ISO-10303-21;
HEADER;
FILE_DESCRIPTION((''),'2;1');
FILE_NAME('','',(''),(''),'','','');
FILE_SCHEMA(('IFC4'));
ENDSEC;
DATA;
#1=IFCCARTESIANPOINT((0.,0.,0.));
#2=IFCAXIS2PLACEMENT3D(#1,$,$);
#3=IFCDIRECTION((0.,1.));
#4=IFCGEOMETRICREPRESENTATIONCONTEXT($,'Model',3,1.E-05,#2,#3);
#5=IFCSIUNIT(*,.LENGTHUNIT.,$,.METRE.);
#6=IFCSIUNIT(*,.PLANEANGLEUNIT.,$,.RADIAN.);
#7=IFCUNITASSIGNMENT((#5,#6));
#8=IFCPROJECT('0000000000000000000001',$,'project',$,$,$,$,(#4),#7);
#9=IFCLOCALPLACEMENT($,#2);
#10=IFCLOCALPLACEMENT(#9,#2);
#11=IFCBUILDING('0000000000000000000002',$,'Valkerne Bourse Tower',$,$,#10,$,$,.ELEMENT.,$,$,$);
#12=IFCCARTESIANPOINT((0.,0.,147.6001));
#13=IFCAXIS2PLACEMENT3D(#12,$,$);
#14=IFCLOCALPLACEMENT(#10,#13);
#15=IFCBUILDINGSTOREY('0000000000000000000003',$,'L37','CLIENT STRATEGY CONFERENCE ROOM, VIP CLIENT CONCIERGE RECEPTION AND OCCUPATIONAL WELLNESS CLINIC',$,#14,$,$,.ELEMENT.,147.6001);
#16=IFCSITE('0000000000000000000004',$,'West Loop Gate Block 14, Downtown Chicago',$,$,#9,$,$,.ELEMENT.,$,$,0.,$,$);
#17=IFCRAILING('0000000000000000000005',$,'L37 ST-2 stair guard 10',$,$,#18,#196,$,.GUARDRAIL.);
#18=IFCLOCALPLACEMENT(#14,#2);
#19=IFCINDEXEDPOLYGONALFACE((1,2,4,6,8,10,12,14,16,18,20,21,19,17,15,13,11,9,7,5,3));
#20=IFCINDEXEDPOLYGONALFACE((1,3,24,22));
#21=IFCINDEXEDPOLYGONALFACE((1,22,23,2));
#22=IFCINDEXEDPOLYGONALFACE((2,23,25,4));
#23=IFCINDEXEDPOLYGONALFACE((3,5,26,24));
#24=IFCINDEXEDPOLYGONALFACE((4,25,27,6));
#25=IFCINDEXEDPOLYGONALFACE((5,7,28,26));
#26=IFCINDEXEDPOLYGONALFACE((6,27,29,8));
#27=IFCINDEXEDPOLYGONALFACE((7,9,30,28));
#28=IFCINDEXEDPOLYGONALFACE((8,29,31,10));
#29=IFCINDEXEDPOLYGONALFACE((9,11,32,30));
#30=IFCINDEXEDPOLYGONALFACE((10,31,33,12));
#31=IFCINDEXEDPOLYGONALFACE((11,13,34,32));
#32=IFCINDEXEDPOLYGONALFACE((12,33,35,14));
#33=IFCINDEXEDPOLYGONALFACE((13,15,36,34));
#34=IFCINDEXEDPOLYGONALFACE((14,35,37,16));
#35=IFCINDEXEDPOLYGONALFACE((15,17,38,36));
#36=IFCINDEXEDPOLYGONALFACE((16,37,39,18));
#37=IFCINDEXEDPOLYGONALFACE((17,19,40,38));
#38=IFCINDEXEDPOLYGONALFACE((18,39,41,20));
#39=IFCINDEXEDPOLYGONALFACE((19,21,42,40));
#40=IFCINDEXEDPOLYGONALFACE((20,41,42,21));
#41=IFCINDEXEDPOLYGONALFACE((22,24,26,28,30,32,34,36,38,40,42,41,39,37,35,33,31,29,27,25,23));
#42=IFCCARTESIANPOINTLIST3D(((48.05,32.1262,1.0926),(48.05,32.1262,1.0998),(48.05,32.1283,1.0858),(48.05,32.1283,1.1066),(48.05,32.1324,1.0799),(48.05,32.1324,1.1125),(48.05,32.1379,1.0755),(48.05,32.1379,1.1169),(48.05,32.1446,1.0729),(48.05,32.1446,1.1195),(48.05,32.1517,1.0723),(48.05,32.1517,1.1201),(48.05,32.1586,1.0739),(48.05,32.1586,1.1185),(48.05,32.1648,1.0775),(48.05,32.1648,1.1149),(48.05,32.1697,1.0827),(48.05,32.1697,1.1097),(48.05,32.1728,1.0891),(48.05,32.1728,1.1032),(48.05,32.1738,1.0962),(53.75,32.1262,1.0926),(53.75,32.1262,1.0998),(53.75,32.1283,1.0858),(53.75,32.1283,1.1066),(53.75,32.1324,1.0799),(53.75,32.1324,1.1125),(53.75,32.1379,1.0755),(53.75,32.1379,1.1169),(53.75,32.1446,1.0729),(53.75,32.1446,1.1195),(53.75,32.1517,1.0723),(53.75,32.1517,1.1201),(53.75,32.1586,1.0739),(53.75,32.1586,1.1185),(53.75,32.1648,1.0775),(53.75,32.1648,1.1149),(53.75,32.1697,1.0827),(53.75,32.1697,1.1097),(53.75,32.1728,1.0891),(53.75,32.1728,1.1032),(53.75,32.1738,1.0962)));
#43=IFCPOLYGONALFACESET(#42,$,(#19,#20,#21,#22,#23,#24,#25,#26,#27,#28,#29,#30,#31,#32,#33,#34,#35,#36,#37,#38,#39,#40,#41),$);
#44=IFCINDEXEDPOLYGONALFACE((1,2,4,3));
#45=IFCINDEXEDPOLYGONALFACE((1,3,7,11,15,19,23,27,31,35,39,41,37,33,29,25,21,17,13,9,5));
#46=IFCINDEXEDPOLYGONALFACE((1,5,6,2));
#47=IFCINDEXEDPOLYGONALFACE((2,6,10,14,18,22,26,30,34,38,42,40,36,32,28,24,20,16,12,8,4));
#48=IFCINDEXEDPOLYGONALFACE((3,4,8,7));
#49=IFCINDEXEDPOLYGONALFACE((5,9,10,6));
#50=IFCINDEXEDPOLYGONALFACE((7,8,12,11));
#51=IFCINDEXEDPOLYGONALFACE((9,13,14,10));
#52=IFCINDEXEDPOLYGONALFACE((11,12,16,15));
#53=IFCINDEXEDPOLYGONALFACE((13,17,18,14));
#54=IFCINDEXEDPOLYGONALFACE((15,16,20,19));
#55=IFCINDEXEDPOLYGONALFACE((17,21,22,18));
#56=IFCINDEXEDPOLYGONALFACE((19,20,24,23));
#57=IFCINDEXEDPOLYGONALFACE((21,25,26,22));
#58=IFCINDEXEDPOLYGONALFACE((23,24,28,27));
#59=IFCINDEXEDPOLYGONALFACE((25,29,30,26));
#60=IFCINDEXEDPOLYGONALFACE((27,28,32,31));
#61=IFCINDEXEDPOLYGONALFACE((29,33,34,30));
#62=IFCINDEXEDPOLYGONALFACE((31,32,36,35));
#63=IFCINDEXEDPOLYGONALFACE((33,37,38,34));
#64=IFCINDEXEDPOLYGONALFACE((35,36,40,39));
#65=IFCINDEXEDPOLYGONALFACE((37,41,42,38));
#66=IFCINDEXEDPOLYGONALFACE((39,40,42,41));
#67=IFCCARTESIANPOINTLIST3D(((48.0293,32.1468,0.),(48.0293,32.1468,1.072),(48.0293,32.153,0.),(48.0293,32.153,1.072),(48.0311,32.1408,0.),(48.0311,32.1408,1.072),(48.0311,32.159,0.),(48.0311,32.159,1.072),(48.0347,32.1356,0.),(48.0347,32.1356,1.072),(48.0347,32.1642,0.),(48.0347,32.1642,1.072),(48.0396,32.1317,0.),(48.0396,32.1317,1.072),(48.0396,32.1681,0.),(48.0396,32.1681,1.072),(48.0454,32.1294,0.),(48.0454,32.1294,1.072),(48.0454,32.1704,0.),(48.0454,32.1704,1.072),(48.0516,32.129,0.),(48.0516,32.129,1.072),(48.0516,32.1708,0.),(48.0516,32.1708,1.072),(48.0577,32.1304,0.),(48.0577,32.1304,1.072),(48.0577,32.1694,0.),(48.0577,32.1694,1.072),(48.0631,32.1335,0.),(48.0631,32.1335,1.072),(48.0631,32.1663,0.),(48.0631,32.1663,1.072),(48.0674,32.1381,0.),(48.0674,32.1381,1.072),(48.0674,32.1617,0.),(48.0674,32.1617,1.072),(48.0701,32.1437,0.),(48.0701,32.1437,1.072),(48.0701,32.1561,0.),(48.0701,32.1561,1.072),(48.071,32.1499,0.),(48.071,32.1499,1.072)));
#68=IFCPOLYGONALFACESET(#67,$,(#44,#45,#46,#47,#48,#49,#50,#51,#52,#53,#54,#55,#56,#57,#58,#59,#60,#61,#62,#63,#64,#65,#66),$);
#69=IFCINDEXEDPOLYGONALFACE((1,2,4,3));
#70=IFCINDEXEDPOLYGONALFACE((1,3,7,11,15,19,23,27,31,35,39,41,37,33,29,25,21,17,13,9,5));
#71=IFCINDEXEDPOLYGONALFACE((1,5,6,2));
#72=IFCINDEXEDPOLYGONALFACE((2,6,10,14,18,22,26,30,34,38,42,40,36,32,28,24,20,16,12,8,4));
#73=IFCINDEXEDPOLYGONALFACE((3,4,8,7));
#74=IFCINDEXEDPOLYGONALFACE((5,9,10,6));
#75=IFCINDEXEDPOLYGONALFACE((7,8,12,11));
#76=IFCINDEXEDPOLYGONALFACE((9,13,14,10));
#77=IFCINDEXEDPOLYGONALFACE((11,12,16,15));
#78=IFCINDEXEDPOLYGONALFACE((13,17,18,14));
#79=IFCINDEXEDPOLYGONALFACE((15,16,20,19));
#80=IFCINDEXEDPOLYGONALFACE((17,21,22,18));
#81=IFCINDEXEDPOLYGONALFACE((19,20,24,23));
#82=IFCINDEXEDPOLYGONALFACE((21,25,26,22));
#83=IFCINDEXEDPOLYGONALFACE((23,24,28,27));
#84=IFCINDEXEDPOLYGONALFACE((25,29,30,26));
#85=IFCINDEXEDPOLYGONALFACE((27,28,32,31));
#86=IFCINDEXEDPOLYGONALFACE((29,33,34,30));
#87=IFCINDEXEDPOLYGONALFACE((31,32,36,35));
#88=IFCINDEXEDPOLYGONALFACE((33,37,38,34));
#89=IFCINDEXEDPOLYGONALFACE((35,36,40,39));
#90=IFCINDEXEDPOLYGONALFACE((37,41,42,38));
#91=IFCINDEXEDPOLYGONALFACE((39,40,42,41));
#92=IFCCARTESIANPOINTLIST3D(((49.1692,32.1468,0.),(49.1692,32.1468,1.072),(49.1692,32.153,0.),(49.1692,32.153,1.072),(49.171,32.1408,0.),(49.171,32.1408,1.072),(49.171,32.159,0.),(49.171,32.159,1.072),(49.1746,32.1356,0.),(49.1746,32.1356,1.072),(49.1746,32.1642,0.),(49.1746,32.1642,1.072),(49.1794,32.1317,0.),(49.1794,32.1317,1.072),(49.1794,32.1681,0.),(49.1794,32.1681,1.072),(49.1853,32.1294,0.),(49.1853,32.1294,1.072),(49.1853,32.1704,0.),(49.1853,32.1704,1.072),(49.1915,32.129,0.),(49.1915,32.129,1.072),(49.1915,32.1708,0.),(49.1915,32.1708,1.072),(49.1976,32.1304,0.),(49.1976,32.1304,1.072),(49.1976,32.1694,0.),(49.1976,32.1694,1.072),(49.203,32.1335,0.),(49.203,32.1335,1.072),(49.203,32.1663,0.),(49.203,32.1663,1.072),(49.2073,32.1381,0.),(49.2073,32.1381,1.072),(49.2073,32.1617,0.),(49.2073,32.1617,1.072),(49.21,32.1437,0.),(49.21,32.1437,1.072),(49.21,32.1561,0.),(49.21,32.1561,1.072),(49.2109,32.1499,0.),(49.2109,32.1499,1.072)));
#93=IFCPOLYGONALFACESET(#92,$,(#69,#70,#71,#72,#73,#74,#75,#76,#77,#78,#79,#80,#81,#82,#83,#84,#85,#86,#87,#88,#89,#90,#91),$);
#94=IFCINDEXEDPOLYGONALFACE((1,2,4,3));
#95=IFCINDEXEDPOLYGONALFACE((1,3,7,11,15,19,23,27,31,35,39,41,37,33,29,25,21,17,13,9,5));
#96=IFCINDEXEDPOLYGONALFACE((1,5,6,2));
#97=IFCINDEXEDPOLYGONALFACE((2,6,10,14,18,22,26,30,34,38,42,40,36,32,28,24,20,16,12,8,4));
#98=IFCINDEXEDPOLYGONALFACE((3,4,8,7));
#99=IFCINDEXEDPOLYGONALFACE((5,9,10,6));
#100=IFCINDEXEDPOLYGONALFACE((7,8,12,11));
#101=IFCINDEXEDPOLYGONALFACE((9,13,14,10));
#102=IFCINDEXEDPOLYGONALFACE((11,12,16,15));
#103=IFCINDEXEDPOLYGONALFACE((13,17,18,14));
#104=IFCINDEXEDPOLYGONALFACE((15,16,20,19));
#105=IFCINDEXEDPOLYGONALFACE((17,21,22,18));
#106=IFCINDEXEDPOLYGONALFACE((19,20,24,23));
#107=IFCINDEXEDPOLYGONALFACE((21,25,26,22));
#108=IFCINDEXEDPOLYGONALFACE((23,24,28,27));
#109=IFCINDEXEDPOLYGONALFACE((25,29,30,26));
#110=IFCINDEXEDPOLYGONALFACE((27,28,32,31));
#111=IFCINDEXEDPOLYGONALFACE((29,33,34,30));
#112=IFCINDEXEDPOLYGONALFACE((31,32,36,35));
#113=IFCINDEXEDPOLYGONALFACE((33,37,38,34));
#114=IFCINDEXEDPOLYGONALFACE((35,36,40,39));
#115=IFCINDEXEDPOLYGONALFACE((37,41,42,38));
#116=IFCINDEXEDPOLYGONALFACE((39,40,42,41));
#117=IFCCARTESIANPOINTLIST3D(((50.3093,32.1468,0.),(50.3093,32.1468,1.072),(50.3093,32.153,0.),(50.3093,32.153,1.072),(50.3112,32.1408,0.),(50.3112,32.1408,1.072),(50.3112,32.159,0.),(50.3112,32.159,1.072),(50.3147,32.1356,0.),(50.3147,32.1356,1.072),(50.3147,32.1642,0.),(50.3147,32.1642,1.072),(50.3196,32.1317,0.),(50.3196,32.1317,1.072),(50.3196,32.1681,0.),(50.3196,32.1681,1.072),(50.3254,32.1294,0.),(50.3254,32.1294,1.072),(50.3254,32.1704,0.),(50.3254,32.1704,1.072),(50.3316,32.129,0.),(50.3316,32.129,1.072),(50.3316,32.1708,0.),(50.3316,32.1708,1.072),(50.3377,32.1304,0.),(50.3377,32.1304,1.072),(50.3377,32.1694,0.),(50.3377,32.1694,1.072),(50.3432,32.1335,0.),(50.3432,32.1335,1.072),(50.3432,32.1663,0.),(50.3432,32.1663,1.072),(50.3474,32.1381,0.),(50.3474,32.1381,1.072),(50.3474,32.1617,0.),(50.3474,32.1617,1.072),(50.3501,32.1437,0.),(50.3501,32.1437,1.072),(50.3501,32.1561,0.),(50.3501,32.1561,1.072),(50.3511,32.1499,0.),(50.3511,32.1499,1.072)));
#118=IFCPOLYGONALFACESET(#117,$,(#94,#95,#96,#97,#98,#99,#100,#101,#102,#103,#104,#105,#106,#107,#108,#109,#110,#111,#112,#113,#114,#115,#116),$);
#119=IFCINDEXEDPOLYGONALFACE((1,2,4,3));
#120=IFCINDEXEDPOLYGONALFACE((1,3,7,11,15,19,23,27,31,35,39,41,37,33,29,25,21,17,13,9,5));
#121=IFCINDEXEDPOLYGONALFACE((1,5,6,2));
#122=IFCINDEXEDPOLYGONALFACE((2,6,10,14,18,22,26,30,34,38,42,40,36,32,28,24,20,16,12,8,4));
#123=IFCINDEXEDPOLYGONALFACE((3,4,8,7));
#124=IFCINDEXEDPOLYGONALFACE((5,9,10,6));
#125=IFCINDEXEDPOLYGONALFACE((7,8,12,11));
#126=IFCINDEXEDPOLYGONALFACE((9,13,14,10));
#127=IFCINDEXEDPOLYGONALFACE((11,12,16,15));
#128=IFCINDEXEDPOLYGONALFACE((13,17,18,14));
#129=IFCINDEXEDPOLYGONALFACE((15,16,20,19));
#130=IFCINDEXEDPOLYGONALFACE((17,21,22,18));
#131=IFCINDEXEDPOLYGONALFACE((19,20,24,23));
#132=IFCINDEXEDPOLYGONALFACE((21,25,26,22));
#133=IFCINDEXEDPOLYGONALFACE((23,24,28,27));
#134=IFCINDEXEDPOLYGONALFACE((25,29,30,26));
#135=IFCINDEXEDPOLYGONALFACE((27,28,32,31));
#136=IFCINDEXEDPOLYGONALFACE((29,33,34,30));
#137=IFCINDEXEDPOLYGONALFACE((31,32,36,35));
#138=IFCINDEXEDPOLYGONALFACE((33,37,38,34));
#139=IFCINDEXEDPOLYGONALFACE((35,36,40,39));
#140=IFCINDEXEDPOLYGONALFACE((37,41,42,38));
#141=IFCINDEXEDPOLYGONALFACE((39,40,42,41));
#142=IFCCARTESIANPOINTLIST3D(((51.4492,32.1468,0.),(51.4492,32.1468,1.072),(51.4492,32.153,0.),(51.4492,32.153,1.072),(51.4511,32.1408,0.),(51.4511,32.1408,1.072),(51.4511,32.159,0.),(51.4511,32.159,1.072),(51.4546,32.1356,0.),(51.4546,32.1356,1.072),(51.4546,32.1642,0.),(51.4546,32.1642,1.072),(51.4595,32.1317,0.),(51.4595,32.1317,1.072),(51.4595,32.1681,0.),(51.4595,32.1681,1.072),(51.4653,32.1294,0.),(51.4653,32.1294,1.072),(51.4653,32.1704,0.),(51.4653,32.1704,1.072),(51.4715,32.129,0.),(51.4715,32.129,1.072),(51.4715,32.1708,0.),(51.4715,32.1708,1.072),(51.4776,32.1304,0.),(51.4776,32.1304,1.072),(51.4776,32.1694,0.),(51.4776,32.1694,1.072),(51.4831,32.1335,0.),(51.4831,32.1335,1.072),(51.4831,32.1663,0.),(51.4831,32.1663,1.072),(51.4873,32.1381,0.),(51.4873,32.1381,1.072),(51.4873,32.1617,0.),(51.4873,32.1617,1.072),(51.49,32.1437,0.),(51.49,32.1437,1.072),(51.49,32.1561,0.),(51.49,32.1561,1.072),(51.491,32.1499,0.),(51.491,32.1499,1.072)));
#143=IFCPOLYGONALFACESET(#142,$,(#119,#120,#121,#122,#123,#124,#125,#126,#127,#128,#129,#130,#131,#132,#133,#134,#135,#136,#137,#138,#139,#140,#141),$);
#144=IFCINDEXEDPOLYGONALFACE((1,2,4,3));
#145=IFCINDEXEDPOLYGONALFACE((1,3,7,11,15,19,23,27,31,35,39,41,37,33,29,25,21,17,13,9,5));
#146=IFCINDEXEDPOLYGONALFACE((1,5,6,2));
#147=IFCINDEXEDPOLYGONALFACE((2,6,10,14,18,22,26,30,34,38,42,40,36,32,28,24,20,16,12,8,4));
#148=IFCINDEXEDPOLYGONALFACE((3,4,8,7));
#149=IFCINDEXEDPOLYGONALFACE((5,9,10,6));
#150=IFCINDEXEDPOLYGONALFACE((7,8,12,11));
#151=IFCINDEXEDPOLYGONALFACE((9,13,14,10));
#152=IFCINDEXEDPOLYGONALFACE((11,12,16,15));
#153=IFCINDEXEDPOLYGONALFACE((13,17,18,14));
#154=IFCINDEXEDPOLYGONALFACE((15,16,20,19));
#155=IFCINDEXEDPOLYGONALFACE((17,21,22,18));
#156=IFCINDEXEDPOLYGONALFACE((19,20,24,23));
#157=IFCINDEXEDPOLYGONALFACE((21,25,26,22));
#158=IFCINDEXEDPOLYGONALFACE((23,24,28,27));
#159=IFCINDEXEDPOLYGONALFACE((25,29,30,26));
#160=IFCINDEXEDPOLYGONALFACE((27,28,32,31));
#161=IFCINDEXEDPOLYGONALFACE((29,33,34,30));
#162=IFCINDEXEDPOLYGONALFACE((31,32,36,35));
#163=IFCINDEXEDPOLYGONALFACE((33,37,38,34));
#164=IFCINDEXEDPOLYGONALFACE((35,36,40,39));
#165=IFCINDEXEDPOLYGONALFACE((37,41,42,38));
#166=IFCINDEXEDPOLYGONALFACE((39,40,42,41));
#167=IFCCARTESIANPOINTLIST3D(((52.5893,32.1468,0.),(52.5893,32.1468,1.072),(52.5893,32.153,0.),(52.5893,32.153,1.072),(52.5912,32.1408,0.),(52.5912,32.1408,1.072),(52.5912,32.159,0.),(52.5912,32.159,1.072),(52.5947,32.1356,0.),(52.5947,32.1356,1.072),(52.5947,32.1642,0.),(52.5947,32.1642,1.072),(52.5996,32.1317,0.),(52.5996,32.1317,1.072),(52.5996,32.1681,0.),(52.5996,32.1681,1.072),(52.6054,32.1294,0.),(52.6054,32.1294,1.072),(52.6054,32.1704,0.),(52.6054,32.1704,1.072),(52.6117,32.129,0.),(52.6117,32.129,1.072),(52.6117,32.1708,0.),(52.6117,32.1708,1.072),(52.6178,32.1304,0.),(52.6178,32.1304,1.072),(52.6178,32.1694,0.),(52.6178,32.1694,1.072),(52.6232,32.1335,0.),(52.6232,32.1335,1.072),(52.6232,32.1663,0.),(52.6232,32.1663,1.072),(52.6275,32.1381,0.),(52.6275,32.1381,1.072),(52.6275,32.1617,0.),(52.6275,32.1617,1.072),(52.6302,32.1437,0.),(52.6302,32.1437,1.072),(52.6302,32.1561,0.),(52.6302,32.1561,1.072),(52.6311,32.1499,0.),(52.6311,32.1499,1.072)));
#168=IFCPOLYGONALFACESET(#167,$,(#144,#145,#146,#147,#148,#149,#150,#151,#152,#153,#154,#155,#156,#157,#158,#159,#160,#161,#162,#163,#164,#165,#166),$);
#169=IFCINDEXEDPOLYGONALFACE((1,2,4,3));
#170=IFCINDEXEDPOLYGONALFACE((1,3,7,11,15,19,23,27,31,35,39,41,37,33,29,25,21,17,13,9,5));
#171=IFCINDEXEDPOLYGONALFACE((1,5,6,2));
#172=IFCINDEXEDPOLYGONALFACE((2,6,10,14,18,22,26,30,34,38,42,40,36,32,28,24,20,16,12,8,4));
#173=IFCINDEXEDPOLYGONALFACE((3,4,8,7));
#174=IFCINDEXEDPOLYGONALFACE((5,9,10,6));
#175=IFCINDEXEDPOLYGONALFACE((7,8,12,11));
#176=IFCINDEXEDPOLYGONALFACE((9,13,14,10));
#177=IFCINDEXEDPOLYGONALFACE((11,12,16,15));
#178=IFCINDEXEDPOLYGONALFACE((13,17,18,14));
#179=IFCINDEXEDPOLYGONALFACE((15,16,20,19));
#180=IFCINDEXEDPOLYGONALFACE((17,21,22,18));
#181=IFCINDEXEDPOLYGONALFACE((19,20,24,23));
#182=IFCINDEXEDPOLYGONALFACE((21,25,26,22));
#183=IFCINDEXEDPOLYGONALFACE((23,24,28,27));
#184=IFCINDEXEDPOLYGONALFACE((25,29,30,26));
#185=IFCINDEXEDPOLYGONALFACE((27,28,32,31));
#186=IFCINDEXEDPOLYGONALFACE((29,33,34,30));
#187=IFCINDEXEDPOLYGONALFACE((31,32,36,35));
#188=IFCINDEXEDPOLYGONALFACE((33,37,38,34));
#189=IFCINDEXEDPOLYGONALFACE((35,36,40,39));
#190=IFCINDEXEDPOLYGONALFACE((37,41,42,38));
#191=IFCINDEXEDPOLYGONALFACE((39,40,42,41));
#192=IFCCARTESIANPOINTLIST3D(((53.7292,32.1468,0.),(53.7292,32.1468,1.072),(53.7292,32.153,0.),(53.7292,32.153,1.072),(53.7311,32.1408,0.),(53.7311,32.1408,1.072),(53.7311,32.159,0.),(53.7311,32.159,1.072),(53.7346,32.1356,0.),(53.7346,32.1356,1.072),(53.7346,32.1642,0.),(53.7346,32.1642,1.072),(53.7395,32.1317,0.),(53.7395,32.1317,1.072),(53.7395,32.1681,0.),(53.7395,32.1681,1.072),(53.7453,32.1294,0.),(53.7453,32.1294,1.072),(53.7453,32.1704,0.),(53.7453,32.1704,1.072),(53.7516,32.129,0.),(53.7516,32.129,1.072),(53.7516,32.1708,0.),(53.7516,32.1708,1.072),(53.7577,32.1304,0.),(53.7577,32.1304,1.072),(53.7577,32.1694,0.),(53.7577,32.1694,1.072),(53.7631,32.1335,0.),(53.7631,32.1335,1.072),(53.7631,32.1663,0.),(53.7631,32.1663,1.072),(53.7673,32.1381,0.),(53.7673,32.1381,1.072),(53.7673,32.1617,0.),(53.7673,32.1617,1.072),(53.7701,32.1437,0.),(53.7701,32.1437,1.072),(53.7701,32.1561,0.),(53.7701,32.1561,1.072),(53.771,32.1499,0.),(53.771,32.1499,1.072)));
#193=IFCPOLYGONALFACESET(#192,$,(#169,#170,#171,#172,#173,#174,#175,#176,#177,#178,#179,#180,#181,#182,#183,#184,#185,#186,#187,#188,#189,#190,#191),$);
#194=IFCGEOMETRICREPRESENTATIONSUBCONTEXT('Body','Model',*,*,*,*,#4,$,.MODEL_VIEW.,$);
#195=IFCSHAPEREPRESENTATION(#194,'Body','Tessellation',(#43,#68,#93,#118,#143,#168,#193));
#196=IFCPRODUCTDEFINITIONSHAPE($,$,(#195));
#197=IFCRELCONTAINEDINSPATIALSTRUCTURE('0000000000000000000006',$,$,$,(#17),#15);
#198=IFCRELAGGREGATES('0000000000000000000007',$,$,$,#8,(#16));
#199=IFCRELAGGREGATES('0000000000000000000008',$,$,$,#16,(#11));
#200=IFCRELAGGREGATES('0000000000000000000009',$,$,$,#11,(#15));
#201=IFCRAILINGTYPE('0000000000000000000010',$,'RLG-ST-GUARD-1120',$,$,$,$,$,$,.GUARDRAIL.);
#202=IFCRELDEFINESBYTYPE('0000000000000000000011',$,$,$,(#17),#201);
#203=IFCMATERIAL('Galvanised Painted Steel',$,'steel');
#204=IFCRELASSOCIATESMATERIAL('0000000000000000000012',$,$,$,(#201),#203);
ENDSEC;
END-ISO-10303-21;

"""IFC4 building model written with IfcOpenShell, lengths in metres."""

from ifc_helpers import new_model, si_unit, direction, frame, origin, origin_2d, place, context, subcontext, project, spatial, circle, extrude, material, type_object, element, save


model = new_model("IFC4")

# Units and contexts
model_context = context("Model", 3, precision=1e-05, world=origin(), true_north=direction((0.0, 1.0)))
body_context = subcontext(model_context, "Body", "Model", "MODEL_VIEW")
ifc_project = project(units=[si_unit("LENGTHUNIT", "METRE"), si_unit("PLANEANGLEUNIT", "RADIAN")], contexts=[model_context])

# Site, building, storey
site_placement = place(None, origin())
site = spatial("IfcSite", under=ifc_project, at=site_placement, Name="West Loop Gate Block 14, Downtown Chicago", CompositionType="ELEMENT", RefElevation=0.0)
building_placement = place(site_placement, origin())
building = spatial("IfcBuilding", under=site, at=building_placement, Name="Valkerne Bourse Tower", CompositionType="ELEMENT")
storey_placement = place(building_placement, frame((0.0, 0.0, 147.6001)))
storey = spatial("IfcBuildingStorey", under=building, at=storey_placement, Name="L37", Description="CLIENT STRATEGY CONFERENCE ROOM, VIP CLIENT CONCIERGE RECEPTION AND OCCUPATIONAL WELLNESS CLINIC", CompositionType="ELEMENT", Elevation=147.6001)

# Shared definitions
ifc_material_1 = material(Name="Galvanised Painted Steel", Category="steel")

# Railing
railing_type_1 = type_object("IfcRailingType", Name="RLG-ST-GUARD-1120", PredefinedType="GUARDRAIL", material=ifc_material_1)
for number, where, name in (
    (1, (48.05, 32.1499, 0.0), "L37 ST-2 stair guard 10"),
):
    element("IfcRailing", number, at=place(storey_placement, frame(where)), inside=storey, type_object=railing_type_1, Name=name, PredefinedType="GUARDRAIL", context=body_context, shape_type="SweptSolid", body=[
        extrude(circle(Radius=0.0239, at=origin_2d()), frame((0.0, 0.0, 1.0962), z_axis=(1.0, 0.0, 0.0), x_axis=(0.0, 1.0, 0.0)), (0.0, 0.0, 1.0), 5.7),
        extrude(circle(Radius=0.021, at=origin_2d()), origin(), (0.0, 0.0, 1.0), 1.072),
        extrude(circle(Radius=0.021, at=origin_2d()), frame((1.1399, 0.0, 0.0)), (0.0, 0.0, 1.0), 1.072),
        extrude(circle(Radius=0.021, at=origin_2d()), frame((2.28, 0.0, 0.0)), (0.0, 0.0, 1.0), 1.072),
        extrude(circle(Radius=0.021, at=origin_2d()), frame((3.4199, 0.0, 0.0)), (0.0, 0.0, 1.0), 1.072),
        extrude(circle(Radius=0.021, at=origin_2d()), frame((4.5601, 0.0, 0.0)), (0.0, 0.0, 1.0), 1.072),
        extrude(circle(Radius=0.021, at=origin_2d()), frame((5.7, 0.0, 0.0)), (0.0, 0.0, 1.0), 1.072),
    ])

save(model, "model.ifc")
